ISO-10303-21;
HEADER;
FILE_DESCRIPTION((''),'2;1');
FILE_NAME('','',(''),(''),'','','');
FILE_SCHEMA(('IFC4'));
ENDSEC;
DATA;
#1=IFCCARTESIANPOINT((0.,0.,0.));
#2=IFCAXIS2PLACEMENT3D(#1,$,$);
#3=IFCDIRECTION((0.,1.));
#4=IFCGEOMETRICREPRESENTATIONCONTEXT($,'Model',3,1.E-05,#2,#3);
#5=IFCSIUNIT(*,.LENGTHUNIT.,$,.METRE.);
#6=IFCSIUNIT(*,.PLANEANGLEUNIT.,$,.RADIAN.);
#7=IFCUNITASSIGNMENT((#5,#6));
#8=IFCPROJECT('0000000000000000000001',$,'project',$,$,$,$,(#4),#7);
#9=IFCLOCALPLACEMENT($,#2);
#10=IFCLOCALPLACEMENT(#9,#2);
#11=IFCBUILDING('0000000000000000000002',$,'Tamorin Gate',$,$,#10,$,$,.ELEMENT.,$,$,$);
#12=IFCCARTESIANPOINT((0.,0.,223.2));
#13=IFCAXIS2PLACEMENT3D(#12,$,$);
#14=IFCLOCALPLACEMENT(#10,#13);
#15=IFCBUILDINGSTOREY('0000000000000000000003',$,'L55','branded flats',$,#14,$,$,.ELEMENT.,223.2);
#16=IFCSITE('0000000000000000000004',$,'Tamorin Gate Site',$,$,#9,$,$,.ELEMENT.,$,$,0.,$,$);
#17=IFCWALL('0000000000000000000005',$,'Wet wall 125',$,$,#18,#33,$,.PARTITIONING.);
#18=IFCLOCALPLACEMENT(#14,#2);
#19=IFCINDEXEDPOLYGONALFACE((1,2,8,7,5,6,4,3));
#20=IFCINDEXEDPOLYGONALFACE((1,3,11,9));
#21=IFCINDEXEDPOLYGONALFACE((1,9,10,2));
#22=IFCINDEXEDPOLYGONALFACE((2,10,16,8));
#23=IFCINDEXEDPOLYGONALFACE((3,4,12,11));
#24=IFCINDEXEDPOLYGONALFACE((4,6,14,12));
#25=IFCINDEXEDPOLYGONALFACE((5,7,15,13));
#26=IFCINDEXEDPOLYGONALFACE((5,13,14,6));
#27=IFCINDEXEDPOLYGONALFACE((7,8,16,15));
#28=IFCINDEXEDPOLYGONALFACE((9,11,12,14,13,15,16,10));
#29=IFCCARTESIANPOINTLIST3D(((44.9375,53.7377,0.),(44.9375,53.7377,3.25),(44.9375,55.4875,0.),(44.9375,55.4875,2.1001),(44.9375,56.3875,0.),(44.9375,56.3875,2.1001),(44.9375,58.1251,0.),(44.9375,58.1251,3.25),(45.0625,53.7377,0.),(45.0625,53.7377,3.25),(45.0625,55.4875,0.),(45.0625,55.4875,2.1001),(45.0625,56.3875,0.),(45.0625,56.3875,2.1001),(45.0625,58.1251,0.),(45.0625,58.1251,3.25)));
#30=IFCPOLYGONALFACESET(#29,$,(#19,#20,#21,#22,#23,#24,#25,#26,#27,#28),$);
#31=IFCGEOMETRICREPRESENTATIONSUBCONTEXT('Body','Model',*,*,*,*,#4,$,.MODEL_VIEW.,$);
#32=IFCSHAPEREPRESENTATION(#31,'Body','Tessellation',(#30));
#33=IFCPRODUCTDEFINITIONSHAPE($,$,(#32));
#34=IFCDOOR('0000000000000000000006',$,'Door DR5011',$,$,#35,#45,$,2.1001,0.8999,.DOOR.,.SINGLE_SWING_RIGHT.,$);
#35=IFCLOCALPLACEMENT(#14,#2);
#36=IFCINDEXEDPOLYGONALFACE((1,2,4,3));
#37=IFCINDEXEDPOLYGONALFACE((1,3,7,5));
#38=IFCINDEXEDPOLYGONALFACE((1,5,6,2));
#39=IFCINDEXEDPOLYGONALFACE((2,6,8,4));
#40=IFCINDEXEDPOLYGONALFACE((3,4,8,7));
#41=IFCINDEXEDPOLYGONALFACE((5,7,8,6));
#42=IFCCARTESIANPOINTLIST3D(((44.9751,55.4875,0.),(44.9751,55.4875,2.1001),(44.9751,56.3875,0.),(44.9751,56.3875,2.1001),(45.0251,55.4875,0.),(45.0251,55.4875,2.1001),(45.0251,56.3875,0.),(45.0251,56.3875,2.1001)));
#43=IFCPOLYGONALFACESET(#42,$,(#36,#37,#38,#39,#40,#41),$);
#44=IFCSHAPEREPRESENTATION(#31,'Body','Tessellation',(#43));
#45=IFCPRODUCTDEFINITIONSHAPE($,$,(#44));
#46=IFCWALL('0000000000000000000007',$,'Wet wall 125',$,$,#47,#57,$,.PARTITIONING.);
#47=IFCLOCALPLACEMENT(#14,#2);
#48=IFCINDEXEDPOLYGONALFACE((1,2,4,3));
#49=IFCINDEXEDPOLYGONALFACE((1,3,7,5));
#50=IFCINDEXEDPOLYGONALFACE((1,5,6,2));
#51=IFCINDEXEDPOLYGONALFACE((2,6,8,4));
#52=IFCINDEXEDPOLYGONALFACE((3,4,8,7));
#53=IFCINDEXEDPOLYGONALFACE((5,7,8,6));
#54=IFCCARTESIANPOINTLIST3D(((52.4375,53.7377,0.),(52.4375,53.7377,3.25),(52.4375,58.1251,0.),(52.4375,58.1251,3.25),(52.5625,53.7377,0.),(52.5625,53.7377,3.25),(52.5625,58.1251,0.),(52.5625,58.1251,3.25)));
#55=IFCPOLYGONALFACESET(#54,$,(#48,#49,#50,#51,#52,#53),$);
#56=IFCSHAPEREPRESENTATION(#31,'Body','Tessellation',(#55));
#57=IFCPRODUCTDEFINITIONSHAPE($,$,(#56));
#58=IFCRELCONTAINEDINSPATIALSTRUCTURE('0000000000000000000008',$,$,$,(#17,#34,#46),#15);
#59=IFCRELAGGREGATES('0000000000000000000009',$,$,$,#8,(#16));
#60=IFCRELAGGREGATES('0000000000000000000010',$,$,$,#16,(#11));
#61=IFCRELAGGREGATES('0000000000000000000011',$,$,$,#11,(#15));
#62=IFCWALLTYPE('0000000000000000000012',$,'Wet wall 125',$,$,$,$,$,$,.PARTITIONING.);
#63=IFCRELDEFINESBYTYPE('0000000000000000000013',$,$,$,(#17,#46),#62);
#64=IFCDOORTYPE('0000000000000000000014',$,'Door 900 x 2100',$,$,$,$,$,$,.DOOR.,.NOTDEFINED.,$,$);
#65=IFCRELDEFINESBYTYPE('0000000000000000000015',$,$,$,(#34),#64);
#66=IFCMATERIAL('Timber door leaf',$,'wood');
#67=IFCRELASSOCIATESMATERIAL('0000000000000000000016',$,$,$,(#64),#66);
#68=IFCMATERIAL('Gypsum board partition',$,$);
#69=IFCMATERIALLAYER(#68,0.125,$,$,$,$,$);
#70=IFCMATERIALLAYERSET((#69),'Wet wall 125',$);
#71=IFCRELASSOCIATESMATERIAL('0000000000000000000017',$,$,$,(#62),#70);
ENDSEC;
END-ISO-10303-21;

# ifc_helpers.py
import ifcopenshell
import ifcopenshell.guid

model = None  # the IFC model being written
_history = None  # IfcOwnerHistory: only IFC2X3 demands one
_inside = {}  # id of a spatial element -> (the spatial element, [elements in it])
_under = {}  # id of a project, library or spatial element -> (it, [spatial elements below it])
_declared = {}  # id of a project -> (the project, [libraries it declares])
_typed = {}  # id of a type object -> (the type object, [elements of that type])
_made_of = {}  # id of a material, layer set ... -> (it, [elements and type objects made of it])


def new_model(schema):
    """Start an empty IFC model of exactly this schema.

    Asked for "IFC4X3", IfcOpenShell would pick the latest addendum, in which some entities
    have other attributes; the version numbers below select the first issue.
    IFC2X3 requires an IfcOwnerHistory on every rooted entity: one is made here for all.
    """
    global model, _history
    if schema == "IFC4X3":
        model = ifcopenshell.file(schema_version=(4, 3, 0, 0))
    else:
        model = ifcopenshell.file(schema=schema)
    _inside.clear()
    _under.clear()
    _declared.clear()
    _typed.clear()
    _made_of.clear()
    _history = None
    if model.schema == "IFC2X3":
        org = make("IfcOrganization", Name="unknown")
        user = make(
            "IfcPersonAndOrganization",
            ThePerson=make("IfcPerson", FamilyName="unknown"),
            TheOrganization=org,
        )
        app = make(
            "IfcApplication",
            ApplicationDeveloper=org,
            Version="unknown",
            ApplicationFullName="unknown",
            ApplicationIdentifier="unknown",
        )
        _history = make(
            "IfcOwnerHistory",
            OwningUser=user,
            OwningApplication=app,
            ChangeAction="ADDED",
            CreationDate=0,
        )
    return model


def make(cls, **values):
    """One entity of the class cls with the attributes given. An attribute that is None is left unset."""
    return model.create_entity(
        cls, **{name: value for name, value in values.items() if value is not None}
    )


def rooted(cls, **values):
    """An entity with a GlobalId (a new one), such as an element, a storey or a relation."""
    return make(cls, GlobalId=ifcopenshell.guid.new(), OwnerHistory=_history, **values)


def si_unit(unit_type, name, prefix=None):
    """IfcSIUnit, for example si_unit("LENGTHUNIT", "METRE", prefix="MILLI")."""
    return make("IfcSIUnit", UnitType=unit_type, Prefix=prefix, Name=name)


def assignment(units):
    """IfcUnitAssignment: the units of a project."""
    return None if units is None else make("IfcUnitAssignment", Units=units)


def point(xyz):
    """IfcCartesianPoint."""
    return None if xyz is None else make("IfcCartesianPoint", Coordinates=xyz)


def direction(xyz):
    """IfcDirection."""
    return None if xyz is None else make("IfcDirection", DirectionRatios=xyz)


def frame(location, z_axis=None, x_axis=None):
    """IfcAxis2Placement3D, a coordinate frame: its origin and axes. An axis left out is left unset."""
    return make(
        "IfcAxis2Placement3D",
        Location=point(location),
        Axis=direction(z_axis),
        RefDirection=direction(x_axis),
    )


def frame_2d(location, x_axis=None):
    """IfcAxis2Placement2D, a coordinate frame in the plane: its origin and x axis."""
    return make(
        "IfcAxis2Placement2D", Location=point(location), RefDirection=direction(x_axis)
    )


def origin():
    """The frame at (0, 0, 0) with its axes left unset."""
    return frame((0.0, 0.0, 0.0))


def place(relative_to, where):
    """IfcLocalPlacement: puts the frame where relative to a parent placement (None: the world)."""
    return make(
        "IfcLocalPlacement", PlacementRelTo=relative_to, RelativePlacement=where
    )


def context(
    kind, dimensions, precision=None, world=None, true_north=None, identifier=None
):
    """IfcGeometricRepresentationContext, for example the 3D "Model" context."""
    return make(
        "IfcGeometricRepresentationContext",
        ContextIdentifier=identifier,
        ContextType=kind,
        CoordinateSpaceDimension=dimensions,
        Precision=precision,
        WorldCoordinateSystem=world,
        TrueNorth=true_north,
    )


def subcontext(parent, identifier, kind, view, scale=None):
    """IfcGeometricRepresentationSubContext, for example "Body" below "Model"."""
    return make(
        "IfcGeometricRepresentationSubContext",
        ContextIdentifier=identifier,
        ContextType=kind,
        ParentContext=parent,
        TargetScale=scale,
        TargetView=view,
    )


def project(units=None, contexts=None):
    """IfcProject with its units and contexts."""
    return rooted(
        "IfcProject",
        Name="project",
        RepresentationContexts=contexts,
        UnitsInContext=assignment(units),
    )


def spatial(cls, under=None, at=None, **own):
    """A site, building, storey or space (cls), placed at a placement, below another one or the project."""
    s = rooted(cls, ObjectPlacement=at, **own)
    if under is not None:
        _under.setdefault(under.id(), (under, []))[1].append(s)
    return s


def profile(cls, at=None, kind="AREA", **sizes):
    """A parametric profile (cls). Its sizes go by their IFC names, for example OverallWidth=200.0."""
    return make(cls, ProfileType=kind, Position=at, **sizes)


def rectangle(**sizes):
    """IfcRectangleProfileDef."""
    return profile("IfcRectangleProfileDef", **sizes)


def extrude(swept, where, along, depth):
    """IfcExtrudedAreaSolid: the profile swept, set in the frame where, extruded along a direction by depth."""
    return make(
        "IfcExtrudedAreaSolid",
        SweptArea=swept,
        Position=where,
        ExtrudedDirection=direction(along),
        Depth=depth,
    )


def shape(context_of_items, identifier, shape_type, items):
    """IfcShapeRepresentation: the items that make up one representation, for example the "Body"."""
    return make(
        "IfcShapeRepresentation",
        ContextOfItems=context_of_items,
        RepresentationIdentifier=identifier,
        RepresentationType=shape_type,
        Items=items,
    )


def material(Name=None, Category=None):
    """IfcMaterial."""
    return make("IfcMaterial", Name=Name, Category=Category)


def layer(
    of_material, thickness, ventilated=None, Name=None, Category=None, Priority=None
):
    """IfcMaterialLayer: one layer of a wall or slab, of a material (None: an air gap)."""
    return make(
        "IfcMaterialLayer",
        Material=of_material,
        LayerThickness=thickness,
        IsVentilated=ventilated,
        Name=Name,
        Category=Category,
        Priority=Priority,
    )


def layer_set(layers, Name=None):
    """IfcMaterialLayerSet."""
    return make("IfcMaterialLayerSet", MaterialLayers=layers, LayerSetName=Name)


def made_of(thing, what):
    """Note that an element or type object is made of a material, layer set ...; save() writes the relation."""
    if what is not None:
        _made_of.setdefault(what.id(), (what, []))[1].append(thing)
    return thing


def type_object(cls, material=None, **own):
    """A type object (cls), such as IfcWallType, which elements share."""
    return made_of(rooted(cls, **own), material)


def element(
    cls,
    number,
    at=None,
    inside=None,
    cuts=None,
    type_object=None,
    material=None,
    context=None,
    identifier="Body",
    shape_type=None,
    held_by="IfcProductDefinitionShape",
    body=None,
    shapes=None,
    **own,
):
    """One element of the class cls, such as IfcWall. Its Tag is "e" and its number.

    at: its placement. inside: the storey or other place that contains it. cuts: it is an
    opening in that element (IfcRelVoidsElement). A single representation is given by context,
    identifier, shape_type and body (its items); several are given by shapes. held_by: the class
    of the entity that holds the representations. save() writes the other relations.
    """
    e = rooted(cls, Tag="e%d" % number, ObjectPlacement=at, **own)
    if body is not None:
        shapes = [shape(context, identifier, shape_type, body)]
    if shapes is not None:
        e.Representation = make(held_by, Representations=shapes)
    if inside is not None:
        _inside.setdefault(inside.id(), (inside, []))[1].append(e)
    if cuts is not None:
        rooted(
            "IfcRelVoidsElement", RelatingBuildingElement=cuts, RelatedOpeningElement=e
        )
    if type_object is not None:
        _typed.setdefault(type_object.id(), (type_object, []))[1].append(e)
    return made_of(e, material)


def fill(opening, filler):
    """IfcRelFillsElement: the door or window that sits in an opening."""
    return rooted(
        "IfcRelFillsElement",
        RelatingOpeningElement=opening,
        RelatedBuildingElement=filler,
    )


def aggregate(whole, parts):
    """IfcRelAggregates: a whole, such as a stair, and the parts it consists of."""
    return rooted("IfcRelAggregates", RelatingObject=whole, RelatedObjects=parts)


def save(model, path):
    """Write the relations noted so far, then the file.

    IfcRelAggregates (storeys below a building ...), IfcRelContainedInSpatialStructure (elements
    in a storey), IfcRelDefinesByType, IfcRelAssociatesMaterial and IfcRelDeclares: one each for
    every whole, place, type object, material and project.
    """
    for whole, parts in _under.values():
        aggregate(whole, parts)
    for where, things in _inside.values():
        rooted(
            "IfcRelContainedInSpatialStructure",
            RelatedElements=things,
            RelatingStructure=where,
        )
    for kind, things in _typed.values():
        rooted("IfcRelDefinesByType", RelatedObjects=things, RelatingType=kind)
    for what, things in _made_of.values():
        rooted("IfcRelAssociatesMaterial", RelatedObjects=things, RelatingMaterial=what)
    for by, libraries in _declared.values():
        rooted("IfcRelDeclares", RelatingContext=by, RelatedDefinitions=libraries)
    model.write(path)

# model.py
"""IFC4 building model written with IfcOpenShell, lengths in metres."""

from ifc_helpers import new_model, si_unit, direction, frame, frame_2d, origin, place, context, subcontext, project, spatial, rectangle, extrude, material, layer, layer_set, type_object, element, fill, save


model = new_model("IFC4")

# Units and contexts
model_context = context("Model", 3, precision=1e-05, world=origin(), true_north=direction((0.0, 1.0)))
body_context = subcontext(model_context, "Body", "Model", "MODEL_VIEW")
ifc_project = project(units=[si_unit("LENGTHUNIT", "METRE"), si_unit("PLANEANGLEUNIT", "RADIAN")], contexts=[model_context])

# Site, building, storey
site_placement = place(None, origin())
site = spatial("IfcSite", under=ifc_project, at=site_placement, Name="Tamorin Gate Site", CompositionType="ELEMENT", RefElevation=0.0)
building_placement = place(site_placement, origin())
building = spatial("IfcBuilding", under=site, at=building_placement, Name="Tamorin Gate", CompositionType="ELEMENT")
storey_placement = place(building_placement, frame((0.0, 0.0, 223.2)))
storey = spatial("IfcBuildingStorey", under=building, at=storey_placement, Name="L55", Description="branded flats", CompositionType="ELEMENT", Elevation=223.2)

# Shared definitions
ifc_material_1 = material(Name="Gypsum board partition")

# Shared definitions
ifc_material_2 = material(Name="Timber door leaf", Category="wood")
door_type = type_object("IfcDoorType", Name="Door 900 x 2100", OperationType="NOTDEFINED", PredefinedType="DOOR", material=ifc_material_2)

# Wall, opening, door
ifc_layer_1 = layer(ifc_material_1, 0.125)
ifc_layer_set_1 = layer_set([ifc_layer_1], Name="Wet wall 125")
wall_type_1 = type_object("IfcWallType", Name="Wet wall 125", PredefinedType="PARTITIONING", material=ifc_layer_set_1)
wall_1_placement = place(storey_placement, frame((45.0, 53.7375, 0.0), z_axis=(0.0, 0.0, 1.0), x_axis=(0.0, 1.0, 0.0)))
wall_1 = element("IfcWall", 1, at=wall_1_placement, inside=storey, type_object=wall_type_1, Name="Wet wall 125", PredefinedType="PARTITIONING", context=body_context, shape_type="SweptSolid", body=[
    extrude(rectangle(XDim=4.3875, YDim=0.125, at=frame_2d((2.1938, 0.0))), origin(), (0.0, 0.0, 1.0), 3.25),
])
opening_1_placement = place(wall_1_placement, frame((1.75, 0.0, 0.0)))
opening_1 = element("IfcOpeningElement", 2, at=opening_1_placement, cuts=wall_1, PredefinedType="OPENING", context=body_context, shape_type="SweptSolid", body=[
    extrude(rectangle(XDim=0.8999, YDim=2.1001, at=frame_2d((0.45, 1.05))), frame((0.0, 0.0725, 0.0), z_axis=(0.0, -1.0, 0.0), x_axis=(1.0, 0.0, 0.0)), (0.0, 0.0, 1.0), 0.145),
])
door_1_placement = place(opening_1_placement, origin())
door_1 = element("IfcDoor", 3, at=door_1_placement, inside=storey, type_object=door_type, Name="Door DR5011", OperationType="SINGLE_SWING_RIGHT", OverallHeight=2.1001, OverallWidth=0.8999, PredefinedType="DOOR", context=body_context, shape_type="SweptSolid", body=[
    extrude(rectangle(XDim=0.8999, YDim=2.1001, at=frame_2d((0.45, 1.05))), frame((0.0, 0.0249, 0.0), z_axis=(0.0, -1.0, 0.0), x_axis=(1.0, 0.0, 0.0)), (0.0, 0.0, 1.0), 0.05),
])
fill(opening_1, door_1)

# Wall
wall_2_placement = place(storey_placement, frame((52.5, 53.7375, 0.0), z_axis=(0.0, 0.0, 1.0), x_axis=(0.0, 1.0, 0.0)))
element("IfcWall", 4, at=wall_2_placement, inside=storey, type_object=wall_type_1, Name="Wet wall 125", PredefinedType="PARTITIONING", context=body_context, shape_type="SweptSolid", body=[
    extrude(rectangle(XDim=4.3875, YDim=0.125, at=frame_2d((2.1938, 0.0))), origin(), (0.0, 0.0, 1.0), 3.25),
])

save(model, "model.ifc")
